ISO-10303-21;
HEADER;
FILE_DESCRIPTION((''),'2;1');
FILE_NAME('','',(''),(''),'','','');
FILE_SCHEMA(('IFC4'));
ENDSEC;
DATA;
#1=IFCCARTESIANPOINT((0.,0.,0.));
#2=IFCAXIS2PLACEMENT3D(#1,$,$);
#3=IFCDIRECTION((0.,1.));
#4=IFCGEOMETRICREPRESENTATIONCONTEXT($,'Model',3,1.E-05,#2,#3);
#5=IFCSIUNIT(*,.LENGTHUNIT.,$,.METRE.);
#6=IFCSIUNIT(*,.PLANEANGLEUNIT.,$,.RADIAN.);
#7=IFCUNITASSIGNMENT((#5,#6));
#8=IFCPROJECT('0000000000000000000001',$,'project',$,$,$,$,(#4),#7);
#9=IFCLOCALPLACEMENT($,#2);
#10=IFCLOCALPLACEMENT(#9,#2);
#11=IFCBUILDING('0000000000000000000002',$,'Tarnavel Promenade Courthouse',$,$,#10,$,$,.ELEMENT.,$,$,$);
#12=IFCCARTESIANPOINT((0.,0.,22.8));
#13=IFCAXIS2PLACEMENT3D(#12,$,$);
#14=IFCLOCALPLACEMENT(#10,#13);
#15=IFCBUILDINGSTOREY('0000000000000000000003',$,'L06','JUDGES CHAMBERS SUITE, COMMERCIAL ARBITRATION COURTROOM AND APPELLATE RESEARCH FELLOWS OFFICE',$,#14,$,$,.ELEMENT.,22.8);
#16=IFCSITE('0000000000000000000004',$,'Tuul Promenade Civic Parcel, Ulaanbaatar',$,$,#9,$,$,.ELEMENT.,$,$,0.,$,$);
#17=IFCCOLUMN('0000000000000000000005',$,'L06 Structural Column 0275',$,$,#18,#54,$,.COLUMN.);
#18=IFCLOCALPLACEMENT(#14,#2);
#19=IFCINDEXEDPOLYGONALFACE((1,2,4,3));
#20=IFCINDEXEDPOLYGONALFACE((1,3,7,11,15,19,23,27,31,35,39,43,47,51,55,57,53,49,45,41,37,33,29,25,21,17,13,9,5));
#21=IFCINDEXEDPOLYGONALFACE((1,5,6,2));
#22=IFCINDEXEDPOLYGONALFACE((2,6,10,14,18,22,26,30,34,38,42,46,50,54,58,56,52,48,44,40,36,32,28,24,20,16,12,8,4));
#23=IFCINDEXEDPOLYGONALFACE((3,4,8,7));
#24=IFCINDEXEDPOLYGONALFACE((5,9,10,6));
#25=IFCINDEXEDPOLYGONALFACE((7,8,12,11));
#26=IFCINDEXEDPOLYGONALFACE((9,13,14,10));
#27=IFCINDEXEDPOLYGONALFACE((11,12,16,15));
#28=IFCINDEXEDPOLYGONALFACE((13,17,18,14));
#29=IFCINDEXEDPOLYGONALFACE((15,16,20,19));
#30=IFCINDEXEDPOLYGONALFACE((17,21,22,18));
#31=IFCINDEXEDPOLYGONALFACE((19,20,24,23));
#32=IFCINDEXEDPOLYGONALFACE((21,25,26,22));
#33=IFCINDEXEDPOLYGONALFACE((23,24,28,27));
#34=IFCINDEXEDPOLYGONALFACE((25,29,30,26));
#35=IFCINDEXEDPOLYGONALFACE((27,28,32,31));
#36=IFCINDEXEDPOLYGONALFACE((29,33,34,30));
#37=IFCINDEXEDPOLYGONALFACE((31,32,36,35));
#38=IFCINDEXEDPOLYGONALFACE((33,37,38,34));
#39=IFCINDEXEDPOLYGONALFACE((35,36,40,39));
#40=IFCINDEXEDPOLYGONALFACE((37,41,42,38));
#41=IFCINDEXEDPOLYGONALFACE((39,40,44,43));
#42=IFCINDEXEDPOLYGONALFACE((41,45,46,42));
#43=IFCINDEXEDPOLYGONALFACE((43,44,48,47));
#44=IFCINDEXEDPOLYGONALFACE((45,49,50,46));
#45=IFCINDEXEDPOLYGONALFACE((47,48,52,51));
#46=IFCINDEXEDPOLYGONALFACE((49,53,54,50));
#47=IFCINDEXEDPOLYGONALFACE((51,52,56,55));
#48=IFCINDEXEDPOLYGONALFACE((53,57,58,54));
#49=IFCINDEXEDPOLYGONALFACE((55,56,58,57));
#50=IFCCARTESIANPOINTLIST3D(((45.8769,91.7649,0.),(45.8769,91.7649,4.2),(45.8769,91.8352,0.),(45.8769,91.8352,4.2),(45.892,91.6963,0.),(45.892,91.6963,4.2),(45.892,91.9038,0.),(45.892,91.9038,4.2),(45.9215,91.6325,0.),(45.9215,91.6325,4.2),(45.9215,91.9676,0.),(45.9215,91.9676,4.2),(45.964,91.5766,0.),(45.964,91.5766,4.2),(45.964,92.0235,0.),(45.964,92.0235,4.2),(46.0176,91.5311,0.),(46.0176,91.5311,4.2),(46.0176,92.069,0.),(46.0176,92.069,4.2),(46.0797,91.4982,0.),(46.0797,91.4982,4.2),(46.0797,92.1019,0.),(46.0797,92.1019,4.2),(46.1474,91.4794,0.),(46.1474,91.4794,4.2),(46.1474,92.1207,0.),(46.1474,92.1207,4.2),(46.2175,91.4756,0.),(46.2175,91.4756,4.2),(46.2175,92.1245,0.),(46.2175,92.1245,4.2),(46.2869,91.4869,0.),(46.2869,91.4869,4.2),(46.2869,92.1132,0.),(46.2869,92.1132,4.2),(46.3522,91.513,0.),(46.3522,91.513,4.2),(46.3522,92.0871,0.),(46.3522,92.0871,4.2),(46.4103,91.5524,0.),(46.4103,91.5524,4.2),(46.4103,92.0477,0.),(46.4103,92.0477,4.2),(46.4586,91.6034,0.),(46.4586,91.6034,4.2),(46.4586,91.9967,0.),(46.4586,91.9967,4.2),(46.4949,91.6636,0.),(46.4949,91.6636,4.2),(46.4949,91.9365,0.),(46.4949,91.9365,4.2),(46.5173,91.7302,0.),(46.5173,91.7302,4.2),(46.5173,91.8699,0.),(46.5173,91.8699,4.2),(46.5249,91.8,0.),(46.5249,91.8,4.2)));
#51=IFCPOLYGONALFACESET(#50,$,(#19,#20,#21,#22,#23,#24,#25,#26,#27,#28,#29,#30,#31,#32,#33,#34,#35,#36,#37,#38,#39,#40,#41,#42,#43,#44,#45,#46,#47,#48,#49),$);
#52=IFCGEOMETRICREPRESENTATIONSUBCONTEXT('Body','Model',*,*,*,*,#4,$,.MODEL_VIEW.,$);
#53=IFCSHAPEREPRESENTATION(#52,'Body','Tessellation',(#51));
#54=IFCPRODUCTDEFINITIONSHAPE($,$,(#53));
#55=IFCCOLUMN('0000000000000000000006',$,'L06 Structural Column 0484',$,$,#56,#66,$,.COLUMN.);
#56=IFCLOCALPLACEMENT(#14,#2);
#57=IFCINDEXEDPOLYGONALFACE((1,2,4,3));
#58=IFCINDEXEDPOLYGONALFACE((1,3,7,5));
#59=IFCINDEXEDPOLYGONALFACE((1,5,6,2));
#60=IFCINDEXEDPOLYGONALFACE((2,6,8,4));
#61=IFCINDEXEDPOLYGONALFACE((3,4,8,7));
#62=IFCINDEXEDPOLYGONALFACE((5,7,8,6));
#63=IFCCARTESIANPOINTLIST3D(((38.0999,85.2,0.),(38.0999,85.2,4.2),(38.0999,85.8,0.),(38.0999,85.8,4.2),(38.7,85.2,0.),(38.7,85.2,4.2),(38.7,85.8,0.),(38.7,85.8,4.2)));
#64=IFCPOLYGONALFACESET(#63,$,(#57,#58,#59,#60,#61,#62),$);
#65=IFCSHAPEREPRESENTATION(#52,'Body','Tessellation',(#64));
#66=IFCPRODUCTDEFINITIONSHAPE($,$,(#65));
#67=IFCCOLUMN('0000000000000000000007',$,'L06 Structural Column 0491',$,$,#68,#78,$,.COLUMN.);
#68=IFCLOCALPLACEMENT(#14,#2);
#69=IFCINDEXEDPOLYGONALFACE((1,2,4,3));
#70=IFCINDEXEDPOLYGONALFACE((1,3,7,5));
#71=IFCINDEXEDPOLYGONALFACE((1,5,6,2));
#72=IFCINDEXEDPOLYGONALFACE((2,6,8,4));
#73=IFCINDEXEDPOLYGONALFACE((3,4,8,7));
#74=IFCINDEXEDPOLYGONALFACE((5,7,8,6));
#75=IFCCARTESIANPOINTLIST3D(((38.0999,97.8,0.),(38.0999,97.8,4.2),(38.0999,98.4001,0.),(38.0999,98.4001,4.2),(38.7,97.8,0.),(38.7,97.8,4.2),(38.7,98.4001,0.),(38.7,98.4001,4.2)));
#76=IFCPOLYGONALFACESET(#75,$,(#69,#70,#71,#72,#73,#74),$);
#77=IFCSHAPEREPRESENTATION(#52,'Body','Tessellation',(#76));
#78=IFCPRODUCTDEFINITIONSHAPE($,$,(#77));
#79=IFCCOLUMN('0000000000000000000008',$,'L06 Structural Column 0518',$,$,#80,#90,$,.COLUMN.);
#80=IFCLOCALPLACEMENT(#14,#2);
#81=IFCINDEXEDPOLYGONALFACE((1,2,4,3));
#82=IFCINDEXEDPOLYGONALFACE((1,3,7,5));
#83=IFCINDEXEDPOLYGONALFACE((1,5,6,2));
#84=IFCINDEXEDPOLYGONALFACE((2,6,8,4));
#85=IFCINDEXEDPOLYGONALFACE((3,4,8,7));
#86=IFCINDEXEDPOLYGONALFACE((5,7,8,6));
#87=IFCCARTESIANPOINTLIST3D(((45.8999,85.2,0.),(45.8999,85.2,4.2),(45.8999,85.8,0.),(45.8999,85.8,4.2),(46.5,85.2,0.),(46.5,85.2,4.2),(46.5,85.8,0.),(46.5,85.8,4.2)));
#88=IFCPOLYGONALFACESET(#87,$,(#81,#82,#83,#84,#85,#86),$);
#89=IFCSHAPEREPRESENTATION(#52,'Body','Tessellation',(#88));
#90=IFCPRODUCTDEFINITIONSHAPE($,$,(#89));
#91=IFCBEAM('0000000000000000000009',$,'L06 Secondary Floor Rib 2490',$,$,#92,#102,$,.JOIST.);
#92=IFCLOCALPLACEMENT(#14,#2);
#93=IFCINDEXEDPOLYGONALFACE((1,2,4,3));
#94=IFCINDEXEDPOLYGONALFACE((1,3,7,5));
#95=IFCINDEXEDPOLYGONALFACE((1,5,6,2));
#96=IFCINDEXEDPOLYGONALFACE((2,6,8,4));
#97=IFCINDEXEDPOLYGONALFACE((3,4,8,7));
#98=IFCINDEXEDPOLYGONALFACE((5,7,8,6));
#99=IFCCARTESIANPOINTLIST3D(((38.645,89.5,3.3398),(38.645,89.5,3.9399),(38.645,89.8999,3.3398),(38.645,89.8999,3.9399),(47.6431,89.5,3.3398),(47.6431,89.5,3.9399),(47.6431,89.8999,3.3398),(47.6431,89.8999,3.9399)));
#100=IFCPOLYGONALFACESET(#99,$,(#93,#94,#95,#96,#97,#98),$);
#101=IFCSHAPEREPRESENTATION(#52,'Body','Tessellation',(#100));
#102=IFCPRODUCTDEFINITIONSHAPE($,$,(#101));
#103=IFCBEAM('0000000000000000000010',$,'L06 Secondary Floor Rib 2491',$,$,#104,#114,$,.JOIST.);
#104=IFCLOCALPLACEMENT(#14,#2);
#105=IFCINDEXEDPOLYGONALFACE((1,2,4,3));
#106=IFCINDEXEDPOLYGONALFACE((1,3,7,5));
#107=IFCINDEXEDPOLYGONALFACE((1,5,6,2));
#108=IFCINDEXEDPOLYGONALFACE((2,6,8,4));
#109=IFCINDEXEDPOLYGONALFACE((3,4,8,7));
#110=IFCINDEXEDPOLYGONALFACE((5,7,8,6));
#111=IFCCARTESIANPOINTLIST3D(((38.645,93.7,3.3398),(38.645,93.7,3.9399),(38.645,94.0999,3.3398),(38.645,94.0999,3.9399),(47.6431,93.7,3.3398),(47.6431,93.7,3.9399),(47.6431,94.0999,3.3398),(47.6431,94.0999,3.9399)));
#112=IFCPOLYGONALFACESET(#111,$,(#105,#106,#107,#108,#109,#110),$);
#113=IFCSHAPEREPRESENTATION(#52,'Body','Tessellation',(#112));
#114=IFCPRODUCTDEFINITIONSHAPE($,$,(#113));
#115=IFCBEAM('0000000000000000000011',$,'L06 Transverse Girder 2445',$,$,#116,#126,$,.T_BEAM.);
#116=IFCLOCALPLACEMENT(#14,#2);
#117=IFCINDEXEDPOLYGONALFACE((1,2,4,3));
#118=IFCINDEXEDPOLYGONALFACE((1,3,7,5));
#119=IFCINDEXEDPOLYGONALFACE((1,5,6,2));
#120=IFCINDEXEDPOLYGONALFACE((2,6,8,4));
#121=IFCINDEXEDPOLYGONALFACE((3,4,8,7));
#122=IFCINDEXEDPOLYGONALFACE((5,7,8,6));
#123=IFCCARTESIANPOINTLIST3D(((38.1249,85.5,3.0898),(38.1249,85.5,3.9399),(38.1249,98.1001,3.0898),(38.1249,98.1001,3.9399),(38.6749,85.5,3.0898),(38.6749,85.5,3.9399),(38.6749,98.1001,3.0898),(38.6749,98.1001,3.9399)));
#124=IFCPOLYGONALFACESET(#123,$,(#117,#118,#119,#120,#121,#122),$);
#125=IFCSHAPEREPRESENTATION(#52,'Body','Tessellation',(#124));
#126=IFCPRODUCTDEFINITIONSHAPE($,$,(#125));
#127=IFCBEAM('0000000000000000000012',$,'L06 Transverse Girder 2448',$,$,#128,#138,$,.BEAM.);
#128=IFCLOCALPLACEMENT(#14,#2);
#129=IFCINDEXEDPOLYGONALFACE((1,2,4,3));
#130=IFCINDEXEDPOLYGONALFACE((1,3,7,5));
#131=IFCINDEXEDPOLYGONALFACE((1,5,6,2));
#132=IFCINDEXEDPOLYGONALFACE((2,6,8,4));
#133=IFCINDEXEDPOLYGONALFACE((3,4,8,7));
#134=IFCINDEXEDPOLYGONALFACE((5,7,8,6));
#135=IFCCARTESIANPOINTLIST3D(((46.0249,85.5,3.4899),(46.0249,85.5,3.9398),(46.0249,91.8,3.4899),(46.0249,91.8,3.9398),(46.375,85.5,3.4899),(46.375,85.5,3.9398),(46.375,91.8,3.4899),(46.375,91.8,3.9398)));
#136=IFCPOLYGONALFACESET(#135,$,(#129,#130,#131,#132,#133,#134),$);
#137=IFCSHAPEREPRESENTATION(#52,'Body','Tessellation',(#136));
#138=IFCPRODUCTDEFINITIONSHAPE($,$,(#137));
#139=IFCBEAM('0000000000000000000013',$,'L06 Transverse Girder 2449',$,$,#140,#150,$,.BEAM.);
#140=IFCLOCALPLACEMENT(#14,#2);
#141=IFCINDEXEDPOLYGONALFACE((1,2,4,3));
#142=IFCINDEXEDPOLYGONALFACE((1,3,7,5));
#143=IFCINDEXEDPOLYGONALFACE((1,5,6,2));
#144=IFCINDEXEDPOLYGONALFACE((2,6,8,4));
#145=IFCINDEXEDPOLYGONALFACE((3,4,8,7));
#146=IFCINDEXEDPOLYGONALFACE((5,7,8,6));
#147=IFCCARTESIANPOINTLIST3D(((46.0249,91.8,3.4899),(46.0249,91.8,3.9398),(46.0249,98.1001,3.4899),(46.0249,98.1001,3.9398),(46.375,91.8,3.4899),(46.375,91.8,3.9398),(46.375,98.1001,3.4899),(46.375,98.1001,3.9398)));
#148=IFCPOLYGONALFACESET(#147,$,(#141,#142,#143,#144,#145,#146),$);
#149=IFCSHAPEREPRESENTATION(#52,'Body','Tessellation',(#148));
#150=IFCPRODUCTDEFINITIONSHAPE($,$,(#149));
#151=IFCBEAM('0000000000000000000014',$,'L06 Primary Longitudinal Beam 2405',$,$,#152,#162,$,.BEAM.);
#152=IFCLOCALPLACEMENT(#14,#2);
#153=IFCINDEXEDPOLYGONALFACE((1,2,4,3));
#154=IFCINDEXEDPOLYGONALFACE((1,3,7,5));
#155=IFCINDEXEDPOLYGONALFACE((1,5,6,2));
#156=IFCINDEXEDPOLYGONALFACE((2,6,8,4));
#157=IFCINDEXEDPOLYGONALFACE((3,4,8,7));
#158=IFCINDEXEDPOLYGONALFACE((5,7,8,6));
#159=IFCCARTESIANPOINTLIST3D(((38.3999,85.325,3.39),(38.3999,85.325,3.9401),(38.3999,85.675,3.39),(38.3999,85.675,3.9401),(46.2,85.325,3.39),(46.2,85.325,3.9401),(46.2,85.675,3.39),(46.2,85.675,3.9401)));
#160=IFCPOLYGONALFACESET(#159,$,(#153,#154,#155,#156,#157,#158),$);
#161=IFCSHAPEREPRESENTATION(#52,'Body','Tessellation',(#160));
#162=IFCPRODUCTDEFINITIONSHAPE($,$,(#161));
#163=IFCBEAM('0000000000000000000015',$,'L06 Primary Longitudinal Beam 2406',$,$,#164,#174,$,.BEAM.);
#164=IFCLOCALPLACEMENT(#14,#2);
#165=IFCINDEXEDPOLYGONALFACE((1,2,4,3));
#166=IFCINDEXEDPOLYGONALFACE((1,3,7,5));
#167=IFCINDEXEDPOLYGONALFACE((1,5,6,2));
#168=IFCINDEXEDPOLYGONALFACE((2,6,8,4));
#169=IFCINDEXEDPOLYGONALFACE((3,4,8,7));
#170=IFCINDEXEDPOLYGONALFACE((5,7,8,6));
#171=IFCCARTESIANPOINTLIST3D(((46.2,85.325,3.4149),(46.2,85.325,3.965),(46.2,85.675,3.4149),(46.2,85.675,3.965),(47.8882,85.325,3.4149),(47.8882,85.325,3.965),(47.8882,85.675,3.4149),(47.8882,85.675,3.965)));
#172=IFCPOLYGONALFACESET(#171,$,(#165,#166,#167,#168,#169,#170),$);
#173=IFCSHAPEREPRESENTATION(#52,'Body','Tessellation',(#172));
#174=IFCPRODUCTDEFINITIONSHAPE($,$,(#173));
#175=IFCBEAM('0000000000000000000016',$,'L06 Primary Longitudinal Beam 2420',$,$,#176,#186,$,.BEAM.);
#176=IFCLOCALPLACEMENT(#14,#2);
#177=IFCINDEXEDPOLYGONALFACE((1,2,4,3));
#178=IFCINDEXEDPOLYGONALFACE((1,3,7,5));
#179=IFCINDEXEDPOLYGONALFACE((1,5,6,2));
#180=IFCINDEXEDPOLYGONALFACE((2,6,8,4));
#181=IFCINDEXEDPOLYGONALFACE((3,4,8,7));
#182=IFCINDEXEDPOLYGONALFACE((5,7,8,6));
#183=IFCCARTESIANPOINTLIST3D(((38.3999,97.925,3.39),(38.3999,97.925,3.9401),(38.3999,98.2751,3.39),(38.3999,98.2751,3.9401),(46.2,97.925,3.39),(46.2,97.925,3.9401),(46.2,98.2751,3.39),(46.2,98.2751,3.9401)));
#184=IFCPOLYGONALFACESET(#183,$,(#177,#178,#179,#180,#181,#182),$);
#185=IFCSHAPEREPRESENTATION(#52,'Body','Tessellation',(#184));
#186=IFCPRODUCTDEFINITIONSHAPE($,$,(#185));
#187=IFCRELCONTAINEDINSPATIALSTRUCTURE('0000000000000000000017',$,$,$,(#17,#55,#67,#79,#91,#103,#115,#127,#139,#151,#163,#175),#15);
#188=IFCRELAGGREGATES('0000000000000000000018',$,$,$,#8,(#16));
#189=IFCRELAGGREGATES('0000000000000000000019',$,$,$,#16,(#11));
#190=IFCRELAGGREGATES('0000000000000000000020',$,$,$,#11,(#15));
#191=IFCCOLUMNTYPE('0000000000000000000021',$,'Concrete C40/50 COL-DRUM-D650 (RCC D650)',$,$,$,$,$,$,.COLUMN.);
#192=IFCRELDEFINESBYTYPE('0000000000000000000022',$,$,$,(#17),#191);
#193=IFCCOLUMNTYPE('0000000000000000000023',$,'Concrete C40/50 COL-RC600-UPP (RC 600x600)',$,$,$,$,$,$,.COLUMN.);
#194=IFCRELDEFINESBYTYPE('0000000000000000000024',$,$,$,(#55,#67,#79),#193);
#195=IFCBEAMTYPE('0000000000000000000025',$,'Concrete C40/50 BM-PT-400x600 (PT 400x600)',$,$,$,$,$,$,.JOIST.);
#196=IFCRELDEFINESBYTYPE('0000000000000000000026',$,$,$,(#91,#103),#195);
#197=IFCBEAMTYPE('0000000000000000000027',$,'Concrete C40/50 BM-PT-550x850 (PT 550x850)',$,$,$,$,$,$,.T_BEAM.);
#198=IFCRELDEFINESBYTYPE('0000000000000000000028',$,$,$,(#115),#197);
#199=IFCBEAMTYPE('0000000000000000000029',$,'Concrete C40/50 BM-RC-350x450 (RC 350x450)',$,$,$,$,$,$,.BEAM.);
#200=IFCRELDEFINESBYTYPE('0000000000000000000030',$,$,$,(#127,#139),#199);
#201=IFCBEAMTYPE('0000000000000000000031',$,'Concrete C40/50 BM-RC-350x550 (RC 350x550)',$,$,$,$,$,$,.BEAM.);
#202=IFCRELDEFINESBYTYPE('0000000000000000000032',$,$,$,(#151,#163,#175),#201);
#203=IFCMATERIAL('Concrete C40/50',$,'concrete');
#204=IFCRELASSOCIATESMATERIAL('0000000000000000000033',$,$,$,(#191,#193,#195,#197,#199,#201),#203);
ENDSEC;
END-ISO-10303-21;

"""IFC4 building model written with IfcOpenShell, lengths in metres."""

from ifc_helpers import new_model, si_unit, direction, frame, origin, origin_2d, place, context, subcontext, project, spatial, rectangle, circle, extrude, material, material_profile, profile_set, type_object, element, save


model = new_model("IFC4")

# Units and contexts
model_context = context("Model", 3, precision=1e-05, world=origin(), true_north=direction((0.0, 1.0)))
body_context = subcontext(model_context, "Body", "Model", "MODEL_VIEW")
ifc_project = project(units=[si_unit("LENGTHUNIT", "METRE"), si_unit("PLANEANGLEUNIT", "RADIAN")], contexts=[model_context])

# Site, building, storey
site_placement = place(None, origin())
site = spatial("IfcSite", under=ifc_project, at=site_placement, Name="Tuul Promenade Civic Parcel, Ulaanbaatar", CompositionType="ELEMENT", RefElevation=0.0)
building_placement = place(site_placement, origin())
building = spatial("IfcBuilding", under=site, at=building_placement, Name="Tarnavel Promenade Courthouse", CompositionType="ELEMENT")
storey_placement = place(building_placement, frame((0.0, 0.0, 22.8)))
storey = spatial("IfcBuildingStorey", under=building, at=storey_placement, Name="L06", Description="JUDGES CHAMBERS SUITE, COMMERCIAL ARBITRATION COURTROOM AND APPELLATE RESEARCH FELLOWS OFFICE", CompositionType="ELEMENT", Elevation=22.8)

# Columns
ifc_material_1 = material(Name="Concrete C40/50", Category="concrete")
ifc_material_profile_1 = material_profile(ifc_material_1, circle(Radius=0.325, at=origin_2d()), Name="RCC D650")
ifc_profile_set_1 = profile_set([ifc_material_profile_1], Name="Concrete C40/50")
column_type_1 = type_object("IfcColumnType", Name="Concrete C40/50 COL-DRUM-D650 (RCC D650)", PredefinedType="COLUMN", material=ifc_profile_set_1)
column_placement = place(storey_placement, frame((46.2, 91.8, 0.0), z_axis=(0.0, 0.0, 1.0), x_axis=(1.0, 0.0, 0.0)))
element("IfcColumn", 1, at=column_placement, inside=storey, type_object=column_type_1, Name="L06 Structural Column 0275", PredefinedType="COLUMN", context=body_context, shape_type="SweptSolid", body=[
    extrude(circle(Radius=0.325, at=origin_2d()), origin(), (0.0, 0.0, 1.0), 4.2),
])
ifc_material_profile_2 = material_profile(ifc_material_1, rectangle(XDim=0.6001, YDim=0.6001, at=origin_2d()), Name="RC 600x600")
ifc_profile_set_2 = profile_set([ifc_material_profile_2], Name="Concrete C40/50")
column_type_2 = type_object("IfcColumnType", Name="Concrete C40/50 COL-RC600-UPP (RC 600x600)", PredefinedType="COLUMN", material=ifc_profile_set_2)
for number, where, z_axis, x_axis, name in (
    (2, (38.3999, 85.5, 0.0), (0.0, 0.0, 1.0), (1.0, 0.0, 0.0), "L06 Structural Column 0484"),
    (3, (38.3999, 98.1001, 0.0), (0.0, 0.0, 1.0), (1.0, 0.0, 0.0), "L06 Structural Column 0491"),
    (4, (46.2, 85.5, 0.0), (0.0, 0.0, 1.0), (1.0, 0.0, 0.0), "L06 Structural Column 0518"),
):
    element("IfcColumn", number, at=place(storey_placement, frame(where, z_axis=z_axis, x_axis=x_axis)), inside=storey, type_object=column_type_2, Name=name, PredefinedType="COLUMN", context=body_context, shape_type="SweptSolid", body=[
        extrude(rectangle(XDim=0.6001, YDim=0.6001, at=origin_2d()), origin(), (0.0, 0.0, 1.0), 4.2),
    ])

# Beams
ifc_material_profile_3 = material_profile(ifc_material_1, rectangle(XDim=0.3999, YDim=0.6001, at=origin_2d()), Name="PT 400x600")
ifc_profile_set_3 = profile_set([ifc_material_profile_3], Name="Concrete C40/50")
beam_type_1 = type_object("IfcBeamType", Name="Concrete C40/50 BM-PT-400x600 (PT 400x600)", PredefinedType="JOIST", material=ifc_profile_set_3)
for number, where, z_axis, x_axis, name in (
    (5, (38.645, 89.7, 3.6399), (1.0, 0.0, 0.0), (0.0, 1.0, 0.0), "L06 Secondary Floor Rib 2490"),
    (6, (38.645, 93.8999, 3.6399), (1.0, 0.0, 0.0), (0.0, 1.0, 0.0), "L06 Secondary Floor Rib 2491"),
):
    element("IfcBeam", number, at=place(storey_placement, frame(where, z_axis=z_axis, x_axis=x_axis)), inside=storey, type_object=beam_type_1, Name=name, PredefinedType="JOIST", context=body_context, shape_type="SweptSolid", body=[
        extrude(rectangle(XDim=0.3999, YDim=0.6001, at=origin_2d()), origin(), (0.0, 0.0, 1.0), 8.998),
    ])
ifc_material_profile_4 = material_profile(ifc_material_1, rectangle(XDim=0.55, YDim=0.8501, at=origin_2d()), Name="PT 550x850")
ifc_profile_set_4 = profile_set([ifc_material_profile_4], Name="Concrete C40/50")
beam_type_2 = type_object("IfcBeamType", Name="Concrete C40/50 BM-PT-550x850 (PT 550x850)", PredefinedType="T_BEAM", material=ifc_profile_set_4)
beam_1_placement = place(storey_placement, frame((38.3999, 85.5, 3.5149), z_axis=(0.0, 1.0, 0.0), x_axis=(-1.0, 0.0, 0.0)))
element("IfcBeam", 7, at=beam_1_placement, inside=storey, type_object=beam_type_2, Name="L06 Transverse Girder 2445", PredefinedType="T_BEAM", context=body_context, shape_type="SweptSolid", body=[
    extrude(rectangle(XDim=0.55, YDim=0.8501, at=origin_2d()), origin(), (0.0, 0.0, 1.0), 12.6001),
])
ifc_material_profile_5 = material_profile(ifc_material_1, rectangle(XDim=0.3501, YDim=0.45, at=origin_2d()), Name="RC 350x450")
ifc_profile_set_5 = profile_set([ifc_material_profile_5], Name="Concrete C40/50")
beam_type_3 = type_object("IfcBeamType", Name="Concrete C40/50 BM-RC-350x450 (RC 350x450)", PredefinedType="BEAM", material=ifc_profile_set_5)
for number, where, z_axis, x_axis, name in (
    (8, (46.2, 85.5, 3.7148), (0.0, 1.0, 0.0), (-1.0, 0.0, 0.0), "L06 Transverse Girder 2448"),
    (9, (46.2, 91.8, 3.7148), (0.0, 1.0, 0.0), (-1.0, 0.0, 0.0), "L06 Transverse Girder 2449"),
):
    element("IfcBeam", number, at=place(storey_placement, frame(where, z_axis=z_axis, x_axis=x_axis)), inside=storey, type_object=beam_type_3, Name=name, PredefinedType="BEAM", context=body_context, shape_type="SweptSolid", body=[
        extrude(rectangle(XDim=0.3501, YDim=0.45, at=origin_2d()), origin(), (0.0, 0.0, 1.0), 6.3),
    ])
ifc_material_profile_6 = material_profile(ifc_material_1, rectangle(XDim=0.3501, YDim=0.55, at=origin_2d()), Name="RC 350x550")
ifc_profile_set_6 = profile_set([ifc_material_profile_6], Name="Concrete C40/50")
beam_type_4 = type_object("IfcBeamType", Name="Concrete C40/50 BM-RC-350x550 (RC 350x550)", PredefinedType="BEAM", material=ifc_profile_set_6)
beam_2_placement = place(storey_placement, frame((38.3999, 85.5, 3.665), z_axis=(1.0, 0.0, 0.0), x_axis=(0.0, 1.0, 0.0)))
element("IfcBeam", 10, at=beam_2_placement, inside=storey, type_object=beam_type_4, Name="L06 Primary Longitudinal Beam 2405", PredefinedType="BEAM", context=body_context, shape_type="SweptSolid", body=[
    extrude(rectangle(XDim=0.3501, YDim=0.55, at=origin_2d()), origin(), (0.0, 0.0, 1.0), 7.8),
])
beam_3_placement = place(storey_placement, frame((46.2, 85.5, 3.6899), z_axis=(1.0, 0.0, 0.0), x_axis=(0.0, 1.0, 0.0)))
element("IfcBeam", 11, at=beam_3_placement, inside=storey, type_object=beam_type_4, Name="L06 Primary Longitudinal Beam 2406", PredefinedType="BEAM", context=body_context, shape_type="SweptSolid", body=[
    extrude(rectangle(XDim=0.3501, YDim=0.55, at=origin_2d()), origin(), (0.0, 0.0, 1.0), 1.6882),
])
beam_4_placement = place(storey_placement, frame((38.3999, 98.1001, 3.665), z_axis=(1.0, 0.0, 0.0), x_axis=(0.0, 1.0, 0.0)))
element("IfcBeam", 12, at=beam_4_placement, inside=storey, type_object=beam_type_4, Name="L06 Primary Longitudinal Beam 2420", PredefinedType="BEAM", context=body_context, shape_type="SweptSolid", body=[
    extrude(rectangle(XDim=0.3501, YDim=0.55, at=origin_2d()), origin(), (0.0, 0.0, 1.0), 7.8),
])

save(model, "model.ifc")
